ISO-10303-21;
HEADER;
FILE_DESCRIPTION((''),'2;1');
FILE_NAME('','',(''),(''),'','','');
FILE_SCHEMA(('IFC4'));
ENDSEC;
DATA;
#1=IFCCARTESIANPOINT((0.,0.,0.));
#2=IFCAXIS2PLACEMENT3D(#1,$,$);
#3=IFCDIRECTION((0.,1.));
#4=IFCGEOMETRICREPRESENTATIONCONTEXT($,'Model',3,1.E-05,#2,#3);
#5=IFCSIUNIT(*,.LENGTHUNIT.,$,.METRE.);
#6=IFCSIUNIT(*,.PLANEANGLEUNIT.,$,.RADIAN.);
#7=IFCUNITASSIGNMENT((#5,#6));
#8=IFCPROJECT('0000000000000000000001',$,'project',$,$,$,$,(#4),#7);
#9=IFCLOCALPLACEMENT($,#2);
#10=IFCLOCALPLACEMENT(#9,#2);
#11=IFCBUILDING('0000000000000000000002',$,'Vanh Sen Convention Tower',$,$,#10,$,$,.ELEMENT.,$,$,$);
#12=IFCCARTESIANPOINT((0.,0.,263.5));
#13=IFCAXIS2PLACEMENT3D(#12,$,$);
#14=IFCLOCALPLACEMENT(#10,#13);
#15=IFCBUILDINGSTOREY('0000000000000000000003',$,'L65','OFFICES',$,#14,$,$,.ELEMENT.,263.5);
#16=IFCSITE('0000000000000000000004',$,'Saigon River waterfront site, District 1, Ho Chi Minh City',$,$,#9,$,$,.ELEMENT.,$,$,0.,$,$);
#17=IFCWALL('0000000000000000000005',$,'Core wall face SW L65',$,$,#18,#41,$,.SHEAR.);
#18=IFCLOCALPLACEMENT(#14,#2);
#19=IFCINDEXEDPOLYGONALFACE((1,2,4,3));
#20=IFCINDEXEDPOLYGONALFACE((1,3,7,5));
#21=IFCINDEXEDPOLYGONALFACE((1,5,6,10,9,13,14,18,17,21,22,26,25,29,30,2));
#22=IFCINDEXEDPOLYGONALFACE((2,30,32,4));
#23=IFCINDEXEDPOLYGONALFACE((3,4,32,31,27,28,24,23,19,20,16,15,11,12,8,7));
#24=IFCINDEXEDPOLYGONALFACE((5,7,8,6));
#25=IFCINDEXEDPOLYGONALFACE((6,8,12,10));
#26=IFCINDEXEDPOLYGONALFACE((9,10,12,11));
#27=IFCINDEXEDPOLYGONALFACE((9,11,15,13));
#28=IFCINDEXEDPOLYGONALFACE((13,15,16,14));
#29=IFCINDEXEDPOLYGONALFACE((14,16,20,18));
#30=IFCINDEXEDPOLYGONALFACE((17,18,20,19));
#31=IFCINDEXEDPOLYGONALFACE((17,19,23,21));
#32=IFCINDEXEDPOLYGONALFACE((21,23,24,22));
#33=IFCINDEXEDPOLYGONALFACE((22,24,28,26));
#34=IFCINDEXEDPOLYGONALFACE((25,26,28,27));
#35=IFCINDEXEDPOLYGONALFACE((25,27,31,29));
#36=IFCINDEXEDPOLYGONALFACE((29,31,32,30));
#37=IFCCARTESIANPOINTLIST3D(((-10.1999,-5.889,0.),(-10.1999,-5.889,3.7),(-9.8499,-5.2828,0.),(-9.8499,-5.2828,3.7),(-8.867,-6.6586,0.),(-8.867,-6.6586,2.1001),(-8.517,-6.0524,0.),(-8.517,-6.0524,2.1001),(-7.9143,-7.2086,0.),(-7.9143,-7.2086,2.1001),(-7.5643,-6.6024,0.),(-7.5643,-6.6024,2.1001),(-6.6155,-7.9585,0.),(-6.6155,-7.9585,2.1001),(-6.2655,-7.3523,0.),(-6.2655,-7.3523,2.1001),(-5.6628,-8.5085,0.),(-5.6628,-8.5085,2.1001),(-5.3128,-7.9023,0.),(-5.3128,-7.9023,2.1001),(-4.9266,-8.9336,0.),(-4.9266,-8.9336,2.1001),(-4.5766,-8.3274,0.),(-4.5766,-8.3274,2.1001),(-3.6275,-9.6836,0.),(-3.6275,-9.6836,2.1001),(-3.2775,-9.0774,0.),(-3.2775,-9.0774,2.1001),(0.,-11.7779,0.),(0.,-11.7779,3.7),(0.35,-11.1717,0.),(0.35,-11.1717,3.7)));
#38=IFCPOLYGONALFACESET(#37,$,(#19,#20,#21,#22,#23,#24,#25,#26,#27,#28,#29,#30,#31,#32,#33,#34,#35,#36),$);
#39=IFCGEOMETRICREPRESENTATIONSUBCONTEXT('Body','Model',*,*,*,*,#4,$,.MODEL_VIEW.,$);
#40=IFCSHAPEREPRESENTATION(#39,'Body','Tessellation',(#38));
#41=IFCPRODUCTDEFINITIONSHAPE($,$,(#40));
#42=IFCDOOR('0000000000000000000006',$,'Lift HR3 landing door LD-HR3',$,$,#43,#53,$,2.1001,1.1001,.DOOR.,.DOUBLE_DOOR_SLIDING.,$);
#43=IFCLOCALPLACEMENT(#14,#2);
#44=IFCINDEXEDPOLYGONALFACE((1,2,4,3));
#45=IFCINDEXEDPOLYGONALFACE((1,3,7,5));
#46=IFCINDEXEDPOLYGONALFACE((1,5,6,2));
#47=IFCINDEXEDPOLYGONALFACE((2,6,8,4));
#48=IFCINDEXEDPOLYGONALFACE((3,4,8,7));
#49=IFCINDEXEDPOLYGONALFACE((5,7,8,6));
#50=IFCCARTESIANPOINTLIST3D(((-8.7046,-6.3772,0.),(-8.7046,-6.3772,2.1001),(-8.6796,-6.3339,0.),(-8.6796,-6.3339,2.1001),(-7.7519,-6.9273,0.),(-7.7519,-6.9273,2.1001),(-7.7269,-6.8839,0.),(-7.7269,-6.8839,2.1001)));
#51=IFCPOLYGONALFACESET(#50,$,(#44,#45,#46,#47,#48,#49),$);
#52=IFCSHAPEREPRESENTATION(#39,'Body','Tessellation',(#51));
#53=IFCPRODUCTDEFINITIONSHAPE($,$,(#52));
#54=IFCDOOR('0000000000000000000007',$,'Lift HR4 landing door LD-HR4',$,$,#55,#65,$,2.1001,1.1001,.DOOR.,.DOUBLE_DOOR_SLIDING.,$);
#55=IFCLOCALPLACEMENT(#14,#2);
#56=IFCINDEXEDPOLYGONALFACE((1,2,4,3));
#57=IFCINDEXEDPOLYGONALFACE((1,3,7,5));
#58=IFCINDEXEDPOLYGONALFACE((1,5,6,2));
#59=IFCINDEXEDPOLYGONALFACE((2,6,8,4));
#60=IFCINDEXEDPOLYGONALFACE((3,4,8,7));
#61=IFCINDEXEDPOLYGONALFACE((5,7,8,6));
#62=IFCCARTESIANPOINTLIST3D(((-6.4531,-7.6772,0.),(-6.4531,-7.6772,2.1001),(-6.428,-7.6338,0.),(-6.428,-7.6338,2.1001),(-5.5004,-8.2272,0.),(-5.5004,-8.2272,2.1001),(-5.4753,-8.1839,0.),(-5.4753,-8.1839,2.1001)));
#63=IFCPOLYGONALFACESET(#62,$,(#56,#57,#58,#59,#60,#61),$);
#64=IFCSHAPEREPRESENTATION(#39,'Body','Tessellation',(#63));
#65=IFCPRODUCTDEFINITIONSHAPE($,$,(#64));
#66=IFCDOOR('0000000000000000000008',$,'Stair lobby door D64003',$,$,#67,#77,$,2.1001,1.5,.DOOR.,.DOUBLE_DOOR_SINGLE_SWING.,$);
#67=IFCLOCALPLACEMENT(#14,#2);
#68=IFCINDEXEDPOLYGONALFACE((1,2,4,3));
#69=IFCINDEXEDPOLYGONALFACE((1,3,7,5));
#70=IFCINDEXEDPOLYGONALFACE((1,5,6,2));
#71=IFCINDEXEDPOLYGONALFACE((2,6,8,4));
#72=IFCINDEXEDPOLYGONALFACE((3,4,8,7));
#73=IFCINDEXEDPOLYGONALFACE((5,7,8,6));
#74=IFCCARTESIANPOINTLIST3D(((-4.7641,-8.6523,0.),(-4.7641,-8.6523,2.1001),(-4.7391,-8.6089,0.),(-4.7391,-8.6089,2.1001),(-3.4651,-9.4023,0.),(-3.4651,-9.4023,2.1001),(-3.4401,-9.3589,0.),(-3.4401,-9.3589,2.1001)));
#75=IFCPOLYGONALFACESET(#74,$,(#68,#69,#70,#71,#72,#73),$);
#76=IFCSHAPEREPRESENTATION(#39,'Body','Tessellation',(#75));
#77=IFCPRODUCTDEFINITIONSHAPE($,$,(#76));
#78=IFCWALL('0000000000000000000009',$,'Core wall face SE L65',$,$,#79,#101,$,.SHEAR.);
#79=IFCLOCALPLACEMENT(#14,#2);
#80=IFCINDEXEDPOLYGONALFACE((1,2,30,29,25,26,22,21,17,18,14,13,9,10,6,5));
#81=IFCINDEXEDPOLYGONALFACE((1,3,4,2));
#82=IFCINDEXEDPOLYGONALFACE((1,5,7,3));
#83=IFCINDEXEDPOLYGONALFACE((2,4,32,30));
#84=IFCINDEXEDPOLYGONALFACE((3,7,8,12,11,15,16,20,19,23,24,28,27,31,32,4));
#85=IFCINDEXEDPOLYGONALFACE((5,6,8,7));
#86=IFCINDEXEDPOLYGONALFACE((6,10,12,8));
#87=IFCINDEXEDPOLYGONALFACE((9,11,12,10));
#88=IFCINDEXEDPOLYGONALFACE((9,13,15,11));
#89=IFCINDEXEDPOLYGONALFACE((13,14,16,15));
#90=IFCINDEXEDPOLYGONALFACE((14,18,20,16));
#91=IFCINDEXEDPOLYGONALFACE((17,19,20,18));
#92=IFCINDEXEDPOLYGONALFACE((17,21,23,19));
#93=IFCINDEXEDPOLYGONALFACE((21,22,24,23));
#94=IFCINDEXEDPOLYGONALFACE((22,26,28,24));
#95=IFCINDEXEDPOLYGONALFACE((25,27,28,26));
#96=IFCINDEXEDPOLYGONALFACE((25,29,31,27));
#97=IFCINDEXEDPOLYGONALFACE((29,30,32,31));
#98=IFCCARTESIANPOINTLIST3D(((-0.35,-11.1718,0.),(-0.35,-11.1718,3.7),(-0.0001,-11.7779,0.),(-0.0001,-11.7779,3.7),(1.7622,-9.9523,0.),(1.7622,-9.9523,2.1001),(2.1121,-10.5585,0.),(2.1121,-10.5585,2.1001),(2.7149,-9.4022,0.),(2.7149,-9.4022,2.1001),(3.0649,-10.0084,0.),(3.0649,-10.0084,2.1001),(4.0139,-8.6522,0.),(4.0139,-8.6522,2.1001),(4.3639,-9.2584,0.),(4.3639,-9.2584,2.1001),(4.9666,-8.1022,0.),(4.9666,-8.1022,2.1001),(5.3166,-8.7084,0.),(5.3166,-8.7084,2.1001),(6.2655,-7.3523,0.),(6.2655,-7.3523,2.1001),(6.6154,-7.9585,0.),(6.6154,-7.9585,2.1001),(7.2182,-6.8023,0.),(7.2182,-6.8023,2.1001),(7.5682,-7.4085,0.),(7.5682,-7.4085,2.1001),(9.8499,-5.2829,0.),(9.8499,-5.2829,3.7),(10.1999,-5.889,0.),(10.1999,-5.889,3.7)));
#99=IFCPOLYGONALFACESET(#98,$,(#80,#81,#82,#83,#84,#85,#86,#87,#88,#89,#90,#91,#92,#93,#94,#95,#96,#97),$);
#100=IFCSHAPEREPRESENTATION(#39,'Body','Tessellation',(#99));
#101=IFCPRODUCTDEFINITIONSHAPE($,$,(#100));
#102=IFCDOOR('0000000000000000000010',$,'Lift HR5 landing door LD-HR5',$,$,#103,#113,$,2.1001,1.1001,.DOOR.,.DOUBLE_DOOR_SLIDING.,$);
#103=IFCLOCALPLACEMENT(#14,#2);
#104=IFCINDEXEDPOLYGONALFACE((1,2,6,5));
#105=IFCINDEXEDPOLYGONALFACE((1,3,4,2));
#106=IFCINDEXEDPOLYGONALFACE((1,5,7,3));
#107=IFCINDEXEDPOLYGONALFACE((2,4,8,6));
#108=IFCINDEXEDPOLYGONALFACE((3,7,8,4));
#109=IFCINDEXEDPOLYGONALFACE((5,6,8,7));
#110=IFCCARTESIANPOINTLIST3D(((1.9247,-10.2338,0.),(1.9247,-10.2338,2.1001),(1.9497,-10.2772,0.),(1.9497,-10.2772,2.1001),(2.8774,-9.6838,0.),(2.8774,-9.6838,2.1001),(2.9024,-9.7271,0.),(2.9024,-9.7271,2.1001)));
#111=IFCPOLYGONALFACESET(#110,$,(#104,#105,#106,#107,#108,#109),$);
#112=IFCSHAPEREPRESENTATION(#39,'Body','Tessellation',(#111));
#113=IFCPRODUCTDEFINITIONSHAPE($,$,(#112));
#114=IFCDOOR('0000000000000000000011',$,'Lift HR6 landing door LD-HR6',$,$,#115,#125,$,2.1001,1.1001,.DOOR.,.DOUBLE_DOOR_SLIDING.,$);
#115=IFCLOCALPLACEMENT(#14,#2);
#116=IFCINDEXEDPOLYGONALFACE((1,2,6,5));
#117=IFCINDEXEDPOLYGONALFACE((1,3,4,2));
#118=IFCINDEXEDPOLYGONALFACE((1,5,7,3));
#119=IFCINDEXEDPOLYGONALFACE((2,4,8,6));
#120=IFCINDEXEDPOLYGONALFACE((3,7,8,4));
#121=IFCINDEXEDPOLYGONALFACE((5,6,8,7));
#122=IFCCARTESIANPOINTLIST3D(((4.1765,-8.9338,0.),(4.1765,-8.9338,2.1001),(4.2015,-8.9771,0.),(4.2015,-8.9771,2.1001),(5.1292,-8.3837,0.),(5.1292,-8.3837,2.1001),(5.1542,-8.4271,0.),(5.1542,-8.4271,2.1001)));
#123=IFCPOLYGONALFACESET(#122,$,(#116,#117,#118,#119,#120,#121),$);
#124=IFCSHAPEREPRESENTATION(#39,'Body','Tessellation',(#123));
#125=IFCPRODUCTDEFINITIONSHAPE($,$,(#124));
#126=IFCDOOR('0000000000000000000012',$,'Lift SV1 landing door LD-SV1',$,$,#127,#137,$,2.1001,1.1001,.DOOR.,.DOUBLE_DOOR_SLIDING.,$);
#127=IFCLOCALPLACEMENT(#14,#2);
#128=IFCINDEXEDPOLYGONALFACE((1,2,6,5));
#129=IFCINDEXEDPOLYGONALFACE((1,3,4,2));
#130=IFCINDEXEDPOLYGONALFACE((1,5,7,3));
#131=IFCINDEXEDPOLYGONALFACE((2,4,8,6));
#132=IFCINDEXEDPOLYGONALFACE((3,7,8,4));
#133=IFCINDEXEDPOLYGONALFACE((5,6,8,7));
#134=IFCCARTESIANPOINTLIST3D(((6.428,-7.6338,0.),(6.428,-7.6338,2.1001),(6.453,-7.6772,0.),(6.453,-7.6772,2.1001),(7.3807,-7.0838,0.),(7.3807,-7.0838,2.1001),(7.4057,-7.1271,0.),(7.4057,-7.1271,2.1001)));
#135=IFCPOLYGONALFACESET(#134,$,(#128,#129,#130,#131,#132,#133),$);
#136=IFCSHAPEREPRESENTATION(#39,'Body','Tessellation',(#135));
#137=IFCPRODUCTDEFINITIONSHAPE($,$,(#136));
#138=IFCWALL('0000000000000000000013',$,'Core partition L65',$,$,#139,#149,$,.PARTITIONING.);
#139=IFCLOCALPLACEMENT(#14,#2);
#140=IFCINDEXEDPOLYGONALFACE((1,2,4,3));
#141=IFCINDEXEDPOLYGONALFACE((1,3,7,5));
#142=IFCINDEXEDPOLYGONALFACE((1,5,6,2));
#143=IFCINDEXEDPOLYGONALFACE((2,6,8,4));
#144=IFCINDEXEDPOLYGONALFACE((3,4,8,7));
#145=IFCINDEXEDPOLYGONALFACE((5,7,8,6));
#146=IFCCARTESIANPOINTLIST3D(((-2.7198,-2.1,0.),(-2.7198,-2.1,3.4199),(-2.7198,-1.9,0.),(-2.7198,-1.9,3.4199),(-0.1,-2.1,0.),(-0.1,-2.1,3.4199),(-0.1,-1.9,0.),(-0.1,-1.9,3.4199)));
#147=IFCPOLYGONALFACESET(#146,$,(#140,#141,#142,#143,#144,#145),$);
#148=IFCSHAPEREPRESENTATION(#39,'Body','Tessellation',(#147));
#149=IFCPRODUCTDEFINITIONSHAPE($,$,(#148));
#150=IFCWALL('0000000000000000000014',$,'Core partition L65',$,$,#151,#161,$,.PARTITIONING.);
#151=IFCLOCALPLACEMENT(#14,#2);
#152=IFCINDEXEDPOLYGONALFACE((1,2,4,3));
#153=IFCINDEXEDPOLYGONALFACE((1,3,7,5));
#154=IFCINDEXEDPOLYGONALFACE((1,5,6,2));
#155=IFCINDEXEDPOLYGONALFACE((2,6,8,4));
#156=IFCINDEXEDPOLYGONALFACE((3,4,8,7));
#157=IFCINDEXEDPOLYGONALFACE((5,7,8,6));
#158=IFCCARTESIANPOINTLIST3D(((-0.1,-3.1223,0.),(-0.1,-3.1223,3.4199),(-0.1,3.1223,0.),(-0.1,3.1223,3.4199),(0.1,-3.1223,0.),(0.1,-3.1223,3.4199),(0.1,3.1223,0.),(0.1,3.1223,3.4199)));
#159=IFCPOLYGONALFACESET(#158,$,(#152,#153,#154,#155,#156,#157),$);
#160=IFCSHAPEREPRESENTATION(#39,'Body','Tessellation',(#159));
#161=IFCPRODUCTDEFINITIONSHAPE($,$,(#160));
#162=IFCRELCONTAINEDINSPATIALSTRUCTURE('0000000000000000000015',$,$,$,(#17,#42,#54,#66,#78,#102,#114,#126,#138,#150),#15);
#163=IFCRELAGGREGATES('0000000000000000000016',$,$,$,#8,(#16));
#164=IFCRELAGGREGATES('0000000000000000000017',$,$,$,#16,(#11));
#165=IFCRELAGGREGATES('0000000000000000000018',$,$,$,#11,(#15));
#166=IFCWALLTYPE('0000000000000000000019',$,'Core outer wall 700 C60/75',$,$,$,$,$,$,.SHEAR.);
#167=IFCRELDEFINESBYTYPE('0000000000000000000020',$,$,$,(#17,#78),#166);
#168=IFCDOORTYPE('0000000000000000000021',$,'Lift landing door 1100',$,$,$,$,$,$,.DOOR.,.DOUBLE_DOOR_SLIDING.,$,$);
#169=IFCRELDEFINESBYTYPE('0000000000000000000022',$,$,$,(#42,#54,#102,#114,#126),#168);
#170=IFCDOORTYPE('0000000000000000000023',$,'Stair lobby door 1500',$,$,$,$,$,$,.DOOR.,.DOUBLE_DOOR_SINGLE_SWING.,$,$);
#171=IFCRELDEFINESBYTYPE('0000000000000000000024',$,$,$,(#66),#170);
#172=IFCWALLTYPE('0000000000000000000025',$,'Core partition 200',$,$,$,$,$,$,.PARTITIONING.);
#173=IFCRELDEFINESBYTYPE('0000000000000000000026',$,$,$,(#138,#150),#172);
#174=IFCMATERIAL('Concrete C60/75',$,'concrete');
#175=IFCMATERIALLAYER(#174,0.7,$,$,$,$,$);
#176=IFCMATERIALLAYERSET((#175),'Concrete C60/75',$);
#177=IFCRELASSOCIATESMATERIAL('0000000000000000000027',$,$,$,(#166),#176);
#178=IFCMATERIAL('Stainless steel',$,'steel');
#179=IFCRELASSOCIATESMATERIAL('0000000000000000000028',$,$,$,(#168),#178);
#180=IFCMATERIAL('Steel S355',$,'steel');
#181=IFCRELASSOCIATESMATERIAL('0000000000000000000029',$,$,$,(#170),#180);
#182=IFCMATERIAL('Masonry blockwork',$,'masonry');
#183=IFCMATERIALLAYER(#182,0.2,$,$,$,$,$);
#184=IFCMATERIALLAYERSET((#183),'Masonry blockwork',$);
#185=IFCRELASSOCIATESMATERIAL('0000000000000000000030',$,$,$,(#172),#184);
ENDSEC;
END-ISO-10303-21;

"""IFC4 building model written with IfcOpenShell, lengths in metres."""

from ifc_helpers import new_model, si_unit, direction, frame, frame_2d, origin, place, context, subcontext, project, spatial, rectangle, extrude, material, layer, layer_set, type_object, element, fill, save


model = new_model("IFC4")

# Units and contexts
model_context = context("Model", 3, precision=1e-05, world=origin(), true_north=direction((0.0, 1.0)))
body_context = subcontext(model_context, "Body", "Model", "MODEL_VIEW")
ifc_project = project(units=[si_unit("LENGTHUNIT", "METRE"), si_unit("PLANEANGLEUNIT", "RADIAN")], contexts=[model_context])

# Site, building, storey
site_placement = place(None, origin())
site = spatial("IfcSite", under=ifc_project, at=site_placement, Name="Saigon River waterfront site, District 1, Ho Chi Minh City", CompositionType="ELEMENT", RefElevation=0.0)
building_placement = place(site_placement, origin())
building = spatial("IfcBuilding", under=site, at=building_placement, Name="Vanh Sen Convention Tower", CompositionType="ELEMENT")
storey_placement = place(building_placement, frame((0.0, 0.0, 263.5)))
storey = spatial("IfcBuildingStorey", under=building, at=storey_placement, Name="L65", Description="OFFICES", CompositionType="ELEMENT", Elevation=263.5)

# Walls, openings, doors
ifc_material_1 = material(Name="Concrete C60/75", Category="concrete")
ifc_layer_1 = layer(ifc_material_1, 0.7)
ifc_layer_set_1 = layer_set([ifc_layer_1], Name="Concrete C60/75")
wall_type_1 = type_object("IfcWallType", Name="Core outer wall 700 C60/75", PredefinedType="SHEAR", material=ifc_layer_set_1)
wall_1_placement = place(storey_placement, frame((-10.0249, -5.5859, 0.0), z_axis=(0.0, 0.0, 1.0), x_axis=(0.866026, -0.499998, 0.0)))
wall_1 = element("IfcWall", 1, at=wall_1_placement, inside=storey, type_object=wall_type_1, Name="Core wall face SW L65", PredefinedType="SHEAR", context=body_context, shape_type="SweptSolid", body=[
    extrude(rectangle(XDim=11.7778, YDim=0.7, at=frame_2d((5.8889, 0.0))), origin(), (0.0, 0.0, 1.0), 3.7),
])
opening_1_placement = place(wall_1_placement, frame((6.0891, 0.0, 0.0)))
opening_1 = element("IfcOpeningElement", 2, at=opening_1_placement, cuts=wall_1, PredefinedType="OPENING", context=body_context, shape_type="SweptSolid", body=[
    extrude(rectangle(XDim=1.5, YDim=2.1001, at=frame_2d((0.75, 1.05))), frame((0.0, 0.3599, 0.0), z_axis=(0.0, -1.0, 0.0), x_axis=(1.0, 0.0, 0.0)), (0.0, 0.0, 1.0), 0.72),
])
opening_2_placement = place(wall_1_placement, frame((1.5391, 0.0, 0.0)))
opening_2 = element("IfcOpeningElement", 3, at=opening_2_placement, cuts=wall_1, PredefinedType="OPENING", context=body_context, shape_type="SweptSolid", body=[
    extrude(rectangle(XDim=1.1001, YDim=2.1001, at=frame_2d((0.55, 1.05))), frame((0.0, 0.3599, 0.0), z_axis=(0.0, -1.0, 0.0), x_axis=(1.0, 0.0, 0.0)), (0.0, 0.0, 1.0), 0.72),
])
opening_3_placement = place(wall_1_placement, frame((4.1389, 0.0, 0.0)))
opening_3 = element("IfcOpeningElement", 4, at=opening_3_placement, cuts=wall_1, PredefinedType="OPENING", context=body_context, shape_type="SweptSolid", body=[
    extrude(rectangle(XDim=1.1001, YDim=2.1001, at=frame_2d((0.55, 1.05))), frame((0.0, 0.3599, 0.0), z_axis=(0.0, -1.0, 0.0), x_axis=(1.0, 0.0, 0.0)), (0.0, 0.0, 1.0), 0.72),
])
ifc_material_2 = material(Name="Stainless steel", Category="steel")
door_type_1 = type_object("IfcDoorType", Name="Lift landing door 1100", OperationType="DOUBLE_DOOR_SLIDING", PredefinedType="DOOR", material=ifc_material_2)
door_1_placement = place(opening_2_placement, origin())
door_1 = element("IfcDoor", 5, at=door_1_placement, inside=storey, type_object=door_type_1, Name="Lift HR3 landing door LD-HR3", OperationType="DOUBLE_DOOR_SLIDING", OverallHeight=2.1001, OverallWidth=1.1001, PredefinedType="DOOR", context=body_context, shape_type="SweptSolid", body=[
    extrude(rectangle(XDim=1.1001, YDim=2.1001, at=frame_2d((0.55, 1.05))), frame((0.0, 0.0249, 0.0), z_axis=(0.0, -1.0, 0.0), x_axis=(1.0, 0.0, 0.0)), (0.0, 0.0, 1.0), 0.05),
])
fill(opening_2, door_1)
door_2_placement = place(opening_3_placement, origin())
door_2 = element("IfcDoor", 6, at=door_2_placement, inside=storey, type_object=door_type_1, Name="Lift HR4 landing door LD-HR4", OperationType="DOUBLE_DOOR_SLIDING", OverallHeight=2.1001, OverallWidth=1.1001, PredefinedType="DOOR", context=body_context, shape_type="SweptSolid", body=[
    extrude(rectangle(XDim=1.1001, YDim=2.1001, at=frame_2d((0.55, 1.05))), frame((0.0, 0.0249, 0.0), z_axis=(0.0, -1.0, 0.0), x_axis=(1.0, 0.0, 0.0)), (0.0, 0.0, 1.0), 0.05),
])
fill(opening_3, door_2)
ifc_material_3 = material(Name="Steel S355", Category="steel")
door_type_2 = type_object("IfcDoorType", Name="Stair lobby door 1500", OperationType="DOUBLE_DOOR_SINGLE_SWING", PredefinedType="DOOR", material=ifc_material_3)
door_3_placement = place(opening_1_placement, origin())
door_3 = element("IfcDoor", 7, at=door_3_placement, inside=storey, type_object=door_type_2, Name="Stair lobby door D64003", OperationType="DOUBLE_DOOR_SINGLE_SWING", OverallHeight=2.1001, OverallWidth=1.5, PredefinedType="DOOR", context=body_context, shape_type="SweptSolid", body=[
    extrude(rectangle(XDim=1.5, YDim=2.1001, at=frame_2d((0.75, 1.05))), frame((0.0, 0.0249, 0.0), z_axis=(0.0, -1.0, 0.0), x_axis=(1.0, 0.0, 0.0)), (0.0, 0.0, 1.0), 0.05),
])
fill(opening_1, door_3)
wall_2_placement = place(storey_placement, frame((-0.175, -11.4749, 0.0), z_axis=(0.0, 0.0, 1.0), x_axis=(0.866026, 0.499998, 0.0)))
wall_2 = element("IfcWall", 8, at=wall_2_placement, inside=storey, type_object=wall_type_1, Name="Core wall face SE L65", PredefinedType="SHEAR", context=body_context, shape_type="SweptSolid", body=[
    extrude(rectangle(XDim=11.7778, YDim=0.7, at=frame_2d((5.8889, 0.0))), origin(), (0.0, 0.0, 1.0), 3.7),
])
opening_4_placement = place(wall_2_placement, frame((2.439, 0.0, 0.0)))
opening_4 = element("IfcOpeningElement", 9, at=opening_4_placement, cuts=wall_2, PredefinedType="OPENING", context=body_context, shape_type="SweptSolid", body=[
    extrude(rectangle(XDim=1.1001, YDim=2.1001, at=frame_2d((0.55, 1.05))), frame((0.0, 0.3599, 0.0), z_axis=(0.0, -1.0, 0.0), x_axis=(1.0, 0.0, 0.0)), (0.0, 0.0, 1.0), 0.72),
])
opening_5_placement = place(wall_2_placement, frame((5.0391, 0.0, 0.0)))
opening_5 = element("IfcOpeningElement", 10, at=opening_5_placement, cuts=wall_2, PredefinedType="OPENING", context=body_context, shape_type="SweptSolid", body=[
    extrude(rectangle(XDim=1.1001, YDim=2.1001, at=frame_2d((0.55, 1.05))), frame((0.0, 0.3599, 0.0), z_axis=(0.0, -1.0, 0.0), x_axis=(1.0, 0.0, 0.0)), (0.0, 0.0, 1.0), 0.72),
])
opening_6_placement = place(wall_2_placement, frame((7.6389, 0.0, 0.0)))
opening_6 = element("IfcOpeningElement", 11, at=opening_6_placement, cuts=wall_2, PredefinedType="OPENING", context=body_context, shape_type="SweptSolid", body=[
    extrude(rectangle(XDim=1.1001, YDim=2.1001, at=frame_2d((0.55, 1.05))), frame((0.0, 0.3599, 0.0), z_axis=(0.0, -1.0, 0.0), x_axis=(1.0, 0.0, 0.0)), (0.0, 0.0, 1.0), 0.72),
])
door_4_placement = place(opening_4_placement, origin())
door_4 = element("IfcDoor", 12, at=door_4_placement, inside=storey, type_object=door_type_1, Name="Lift HR5 landing door LD-HR5", OperationType="DOUBLE_DOOR_SLIDING", OverallHeight=2.1001, OverallWidth=1.1001, PredefinedType="DOOR", context=body_context, shape_type="SweptSolid", body=[
    extrude(rectangle(XDim=1.1001, YDim=2.1001, at=frame_2d((0.55, 1.05))), frame((0.0, 0.0249, 0.0), z_axis=(0.0, -1.0, 0.0), x_axis=(1.0, 0.0, 0.0)), (0.0, 0.0, 1.0), 0.05),
])
fill(opening_4, door_4)
door_5_placement = place(opening_5_placement, origin())
door_5 = element("IfcDoor", 13, at=door_5_placement, inside=storey, type_object=door_type_1, Name="Lift HR6 landing door LD-HR6", OperationType="DOUBLE_DOOR_SLIDING", OverallHeight=2.1001, OverallWidth=1.1001, PredefinedType="DOOR", context=body_context, shape_type="SweptSolid", body=[
    extrude(rectangle(XDim=1.1001, YDim=2.1001, at=frame_2d((0.55, 1.05))), frame((0.0, 0.0249, 0.0), z_axis=(0.0, -1.0, 0.0), x_axis=(1.0, 0.0, 0.0)), (0.0, 0.0, 1.0), 0.05),
])
fill(opening_5, door_5)
door_6_placement = place(opening_6_placement, origin())
door_6 = element("IfcDoor", 14, at=door_6_placement, inside=storey, type_object=door_type_1, Name="Lift SV1 landing door LD-SV1", OperationType="DOUBLE_DOOR_SLIDING", OverallHeight=2.1001, OverallWidth=1.1001, PredefinedType="DOOR", context=body_context, shape_type="SweptSolid", body=[
    extrude(rectangle(XDim=1.1001, YDim=2.1001, at=frame_2d((0.55, 1.05))), frame((0.0, 0.0249, 0.0), z_axis=(0.0, -1.0, 0.0), x_axis=(1.0, 0.0, 0.0)), (0.0, 0.0, 1.0), 0.05),
])
fill(opening_6, door_6)

# Walls
ifc_material_4 = material(Name="Masonry blockwork", Category="masonry")
ifc_layer_2 = layer(ifc_material_4, 0.2)
ifc_layer_set_2 = layer_set([ifc_layer_2], Name="Masonry blockwork")
wall_type_2 = type_object("IfcWallType", Name="Core partition 200", PredefinedType="PARTITIONING", material=ifc_layer_set_2)
wall_3_placement = place(storey_placement, frame((-2.72, -2.0, 0.0), z_axis=(0.0, 0.0, 1.0), x_axis=(1.0, 0.0, 0.0)))
element("IfcWall", 15, at=wall_3_placement, inside=storey, type_object=wall_type_2, Name="Core partition L65", PredefinedType="PARTITIONING", context=body_context, shape_type="SweptSolid", body=[
    extrude(rectangle(XDim=2.6199, YDim=0.2, at=frame_2d((1.3101, 0.0))), origin(), (0.0, 0.0, 1.0), 3.4199),
])
wall_4_placement = place(storey_placement, frame((0.0, -3.1223, 0.0), z_axis=(0.0, 0.0, 1.0), x_axis=(0.0, 1.0, 0.0)))
element("IfcWall", 16, at=wall_4_placement, inside=storey, type_object=wall_type_2, Name="Core partition L65", PredefinedType="PARTITIONING", context=body_context, shape_type="SweptSolid", body=[
    extrude(rectangle(XDim=6.2446, YDim=0.2, at=frame_2d((3.1223, 0.0))), origin(), (0.0, 0.0, 1.0), 3.4199),
])

save(model, "model.ifc")
